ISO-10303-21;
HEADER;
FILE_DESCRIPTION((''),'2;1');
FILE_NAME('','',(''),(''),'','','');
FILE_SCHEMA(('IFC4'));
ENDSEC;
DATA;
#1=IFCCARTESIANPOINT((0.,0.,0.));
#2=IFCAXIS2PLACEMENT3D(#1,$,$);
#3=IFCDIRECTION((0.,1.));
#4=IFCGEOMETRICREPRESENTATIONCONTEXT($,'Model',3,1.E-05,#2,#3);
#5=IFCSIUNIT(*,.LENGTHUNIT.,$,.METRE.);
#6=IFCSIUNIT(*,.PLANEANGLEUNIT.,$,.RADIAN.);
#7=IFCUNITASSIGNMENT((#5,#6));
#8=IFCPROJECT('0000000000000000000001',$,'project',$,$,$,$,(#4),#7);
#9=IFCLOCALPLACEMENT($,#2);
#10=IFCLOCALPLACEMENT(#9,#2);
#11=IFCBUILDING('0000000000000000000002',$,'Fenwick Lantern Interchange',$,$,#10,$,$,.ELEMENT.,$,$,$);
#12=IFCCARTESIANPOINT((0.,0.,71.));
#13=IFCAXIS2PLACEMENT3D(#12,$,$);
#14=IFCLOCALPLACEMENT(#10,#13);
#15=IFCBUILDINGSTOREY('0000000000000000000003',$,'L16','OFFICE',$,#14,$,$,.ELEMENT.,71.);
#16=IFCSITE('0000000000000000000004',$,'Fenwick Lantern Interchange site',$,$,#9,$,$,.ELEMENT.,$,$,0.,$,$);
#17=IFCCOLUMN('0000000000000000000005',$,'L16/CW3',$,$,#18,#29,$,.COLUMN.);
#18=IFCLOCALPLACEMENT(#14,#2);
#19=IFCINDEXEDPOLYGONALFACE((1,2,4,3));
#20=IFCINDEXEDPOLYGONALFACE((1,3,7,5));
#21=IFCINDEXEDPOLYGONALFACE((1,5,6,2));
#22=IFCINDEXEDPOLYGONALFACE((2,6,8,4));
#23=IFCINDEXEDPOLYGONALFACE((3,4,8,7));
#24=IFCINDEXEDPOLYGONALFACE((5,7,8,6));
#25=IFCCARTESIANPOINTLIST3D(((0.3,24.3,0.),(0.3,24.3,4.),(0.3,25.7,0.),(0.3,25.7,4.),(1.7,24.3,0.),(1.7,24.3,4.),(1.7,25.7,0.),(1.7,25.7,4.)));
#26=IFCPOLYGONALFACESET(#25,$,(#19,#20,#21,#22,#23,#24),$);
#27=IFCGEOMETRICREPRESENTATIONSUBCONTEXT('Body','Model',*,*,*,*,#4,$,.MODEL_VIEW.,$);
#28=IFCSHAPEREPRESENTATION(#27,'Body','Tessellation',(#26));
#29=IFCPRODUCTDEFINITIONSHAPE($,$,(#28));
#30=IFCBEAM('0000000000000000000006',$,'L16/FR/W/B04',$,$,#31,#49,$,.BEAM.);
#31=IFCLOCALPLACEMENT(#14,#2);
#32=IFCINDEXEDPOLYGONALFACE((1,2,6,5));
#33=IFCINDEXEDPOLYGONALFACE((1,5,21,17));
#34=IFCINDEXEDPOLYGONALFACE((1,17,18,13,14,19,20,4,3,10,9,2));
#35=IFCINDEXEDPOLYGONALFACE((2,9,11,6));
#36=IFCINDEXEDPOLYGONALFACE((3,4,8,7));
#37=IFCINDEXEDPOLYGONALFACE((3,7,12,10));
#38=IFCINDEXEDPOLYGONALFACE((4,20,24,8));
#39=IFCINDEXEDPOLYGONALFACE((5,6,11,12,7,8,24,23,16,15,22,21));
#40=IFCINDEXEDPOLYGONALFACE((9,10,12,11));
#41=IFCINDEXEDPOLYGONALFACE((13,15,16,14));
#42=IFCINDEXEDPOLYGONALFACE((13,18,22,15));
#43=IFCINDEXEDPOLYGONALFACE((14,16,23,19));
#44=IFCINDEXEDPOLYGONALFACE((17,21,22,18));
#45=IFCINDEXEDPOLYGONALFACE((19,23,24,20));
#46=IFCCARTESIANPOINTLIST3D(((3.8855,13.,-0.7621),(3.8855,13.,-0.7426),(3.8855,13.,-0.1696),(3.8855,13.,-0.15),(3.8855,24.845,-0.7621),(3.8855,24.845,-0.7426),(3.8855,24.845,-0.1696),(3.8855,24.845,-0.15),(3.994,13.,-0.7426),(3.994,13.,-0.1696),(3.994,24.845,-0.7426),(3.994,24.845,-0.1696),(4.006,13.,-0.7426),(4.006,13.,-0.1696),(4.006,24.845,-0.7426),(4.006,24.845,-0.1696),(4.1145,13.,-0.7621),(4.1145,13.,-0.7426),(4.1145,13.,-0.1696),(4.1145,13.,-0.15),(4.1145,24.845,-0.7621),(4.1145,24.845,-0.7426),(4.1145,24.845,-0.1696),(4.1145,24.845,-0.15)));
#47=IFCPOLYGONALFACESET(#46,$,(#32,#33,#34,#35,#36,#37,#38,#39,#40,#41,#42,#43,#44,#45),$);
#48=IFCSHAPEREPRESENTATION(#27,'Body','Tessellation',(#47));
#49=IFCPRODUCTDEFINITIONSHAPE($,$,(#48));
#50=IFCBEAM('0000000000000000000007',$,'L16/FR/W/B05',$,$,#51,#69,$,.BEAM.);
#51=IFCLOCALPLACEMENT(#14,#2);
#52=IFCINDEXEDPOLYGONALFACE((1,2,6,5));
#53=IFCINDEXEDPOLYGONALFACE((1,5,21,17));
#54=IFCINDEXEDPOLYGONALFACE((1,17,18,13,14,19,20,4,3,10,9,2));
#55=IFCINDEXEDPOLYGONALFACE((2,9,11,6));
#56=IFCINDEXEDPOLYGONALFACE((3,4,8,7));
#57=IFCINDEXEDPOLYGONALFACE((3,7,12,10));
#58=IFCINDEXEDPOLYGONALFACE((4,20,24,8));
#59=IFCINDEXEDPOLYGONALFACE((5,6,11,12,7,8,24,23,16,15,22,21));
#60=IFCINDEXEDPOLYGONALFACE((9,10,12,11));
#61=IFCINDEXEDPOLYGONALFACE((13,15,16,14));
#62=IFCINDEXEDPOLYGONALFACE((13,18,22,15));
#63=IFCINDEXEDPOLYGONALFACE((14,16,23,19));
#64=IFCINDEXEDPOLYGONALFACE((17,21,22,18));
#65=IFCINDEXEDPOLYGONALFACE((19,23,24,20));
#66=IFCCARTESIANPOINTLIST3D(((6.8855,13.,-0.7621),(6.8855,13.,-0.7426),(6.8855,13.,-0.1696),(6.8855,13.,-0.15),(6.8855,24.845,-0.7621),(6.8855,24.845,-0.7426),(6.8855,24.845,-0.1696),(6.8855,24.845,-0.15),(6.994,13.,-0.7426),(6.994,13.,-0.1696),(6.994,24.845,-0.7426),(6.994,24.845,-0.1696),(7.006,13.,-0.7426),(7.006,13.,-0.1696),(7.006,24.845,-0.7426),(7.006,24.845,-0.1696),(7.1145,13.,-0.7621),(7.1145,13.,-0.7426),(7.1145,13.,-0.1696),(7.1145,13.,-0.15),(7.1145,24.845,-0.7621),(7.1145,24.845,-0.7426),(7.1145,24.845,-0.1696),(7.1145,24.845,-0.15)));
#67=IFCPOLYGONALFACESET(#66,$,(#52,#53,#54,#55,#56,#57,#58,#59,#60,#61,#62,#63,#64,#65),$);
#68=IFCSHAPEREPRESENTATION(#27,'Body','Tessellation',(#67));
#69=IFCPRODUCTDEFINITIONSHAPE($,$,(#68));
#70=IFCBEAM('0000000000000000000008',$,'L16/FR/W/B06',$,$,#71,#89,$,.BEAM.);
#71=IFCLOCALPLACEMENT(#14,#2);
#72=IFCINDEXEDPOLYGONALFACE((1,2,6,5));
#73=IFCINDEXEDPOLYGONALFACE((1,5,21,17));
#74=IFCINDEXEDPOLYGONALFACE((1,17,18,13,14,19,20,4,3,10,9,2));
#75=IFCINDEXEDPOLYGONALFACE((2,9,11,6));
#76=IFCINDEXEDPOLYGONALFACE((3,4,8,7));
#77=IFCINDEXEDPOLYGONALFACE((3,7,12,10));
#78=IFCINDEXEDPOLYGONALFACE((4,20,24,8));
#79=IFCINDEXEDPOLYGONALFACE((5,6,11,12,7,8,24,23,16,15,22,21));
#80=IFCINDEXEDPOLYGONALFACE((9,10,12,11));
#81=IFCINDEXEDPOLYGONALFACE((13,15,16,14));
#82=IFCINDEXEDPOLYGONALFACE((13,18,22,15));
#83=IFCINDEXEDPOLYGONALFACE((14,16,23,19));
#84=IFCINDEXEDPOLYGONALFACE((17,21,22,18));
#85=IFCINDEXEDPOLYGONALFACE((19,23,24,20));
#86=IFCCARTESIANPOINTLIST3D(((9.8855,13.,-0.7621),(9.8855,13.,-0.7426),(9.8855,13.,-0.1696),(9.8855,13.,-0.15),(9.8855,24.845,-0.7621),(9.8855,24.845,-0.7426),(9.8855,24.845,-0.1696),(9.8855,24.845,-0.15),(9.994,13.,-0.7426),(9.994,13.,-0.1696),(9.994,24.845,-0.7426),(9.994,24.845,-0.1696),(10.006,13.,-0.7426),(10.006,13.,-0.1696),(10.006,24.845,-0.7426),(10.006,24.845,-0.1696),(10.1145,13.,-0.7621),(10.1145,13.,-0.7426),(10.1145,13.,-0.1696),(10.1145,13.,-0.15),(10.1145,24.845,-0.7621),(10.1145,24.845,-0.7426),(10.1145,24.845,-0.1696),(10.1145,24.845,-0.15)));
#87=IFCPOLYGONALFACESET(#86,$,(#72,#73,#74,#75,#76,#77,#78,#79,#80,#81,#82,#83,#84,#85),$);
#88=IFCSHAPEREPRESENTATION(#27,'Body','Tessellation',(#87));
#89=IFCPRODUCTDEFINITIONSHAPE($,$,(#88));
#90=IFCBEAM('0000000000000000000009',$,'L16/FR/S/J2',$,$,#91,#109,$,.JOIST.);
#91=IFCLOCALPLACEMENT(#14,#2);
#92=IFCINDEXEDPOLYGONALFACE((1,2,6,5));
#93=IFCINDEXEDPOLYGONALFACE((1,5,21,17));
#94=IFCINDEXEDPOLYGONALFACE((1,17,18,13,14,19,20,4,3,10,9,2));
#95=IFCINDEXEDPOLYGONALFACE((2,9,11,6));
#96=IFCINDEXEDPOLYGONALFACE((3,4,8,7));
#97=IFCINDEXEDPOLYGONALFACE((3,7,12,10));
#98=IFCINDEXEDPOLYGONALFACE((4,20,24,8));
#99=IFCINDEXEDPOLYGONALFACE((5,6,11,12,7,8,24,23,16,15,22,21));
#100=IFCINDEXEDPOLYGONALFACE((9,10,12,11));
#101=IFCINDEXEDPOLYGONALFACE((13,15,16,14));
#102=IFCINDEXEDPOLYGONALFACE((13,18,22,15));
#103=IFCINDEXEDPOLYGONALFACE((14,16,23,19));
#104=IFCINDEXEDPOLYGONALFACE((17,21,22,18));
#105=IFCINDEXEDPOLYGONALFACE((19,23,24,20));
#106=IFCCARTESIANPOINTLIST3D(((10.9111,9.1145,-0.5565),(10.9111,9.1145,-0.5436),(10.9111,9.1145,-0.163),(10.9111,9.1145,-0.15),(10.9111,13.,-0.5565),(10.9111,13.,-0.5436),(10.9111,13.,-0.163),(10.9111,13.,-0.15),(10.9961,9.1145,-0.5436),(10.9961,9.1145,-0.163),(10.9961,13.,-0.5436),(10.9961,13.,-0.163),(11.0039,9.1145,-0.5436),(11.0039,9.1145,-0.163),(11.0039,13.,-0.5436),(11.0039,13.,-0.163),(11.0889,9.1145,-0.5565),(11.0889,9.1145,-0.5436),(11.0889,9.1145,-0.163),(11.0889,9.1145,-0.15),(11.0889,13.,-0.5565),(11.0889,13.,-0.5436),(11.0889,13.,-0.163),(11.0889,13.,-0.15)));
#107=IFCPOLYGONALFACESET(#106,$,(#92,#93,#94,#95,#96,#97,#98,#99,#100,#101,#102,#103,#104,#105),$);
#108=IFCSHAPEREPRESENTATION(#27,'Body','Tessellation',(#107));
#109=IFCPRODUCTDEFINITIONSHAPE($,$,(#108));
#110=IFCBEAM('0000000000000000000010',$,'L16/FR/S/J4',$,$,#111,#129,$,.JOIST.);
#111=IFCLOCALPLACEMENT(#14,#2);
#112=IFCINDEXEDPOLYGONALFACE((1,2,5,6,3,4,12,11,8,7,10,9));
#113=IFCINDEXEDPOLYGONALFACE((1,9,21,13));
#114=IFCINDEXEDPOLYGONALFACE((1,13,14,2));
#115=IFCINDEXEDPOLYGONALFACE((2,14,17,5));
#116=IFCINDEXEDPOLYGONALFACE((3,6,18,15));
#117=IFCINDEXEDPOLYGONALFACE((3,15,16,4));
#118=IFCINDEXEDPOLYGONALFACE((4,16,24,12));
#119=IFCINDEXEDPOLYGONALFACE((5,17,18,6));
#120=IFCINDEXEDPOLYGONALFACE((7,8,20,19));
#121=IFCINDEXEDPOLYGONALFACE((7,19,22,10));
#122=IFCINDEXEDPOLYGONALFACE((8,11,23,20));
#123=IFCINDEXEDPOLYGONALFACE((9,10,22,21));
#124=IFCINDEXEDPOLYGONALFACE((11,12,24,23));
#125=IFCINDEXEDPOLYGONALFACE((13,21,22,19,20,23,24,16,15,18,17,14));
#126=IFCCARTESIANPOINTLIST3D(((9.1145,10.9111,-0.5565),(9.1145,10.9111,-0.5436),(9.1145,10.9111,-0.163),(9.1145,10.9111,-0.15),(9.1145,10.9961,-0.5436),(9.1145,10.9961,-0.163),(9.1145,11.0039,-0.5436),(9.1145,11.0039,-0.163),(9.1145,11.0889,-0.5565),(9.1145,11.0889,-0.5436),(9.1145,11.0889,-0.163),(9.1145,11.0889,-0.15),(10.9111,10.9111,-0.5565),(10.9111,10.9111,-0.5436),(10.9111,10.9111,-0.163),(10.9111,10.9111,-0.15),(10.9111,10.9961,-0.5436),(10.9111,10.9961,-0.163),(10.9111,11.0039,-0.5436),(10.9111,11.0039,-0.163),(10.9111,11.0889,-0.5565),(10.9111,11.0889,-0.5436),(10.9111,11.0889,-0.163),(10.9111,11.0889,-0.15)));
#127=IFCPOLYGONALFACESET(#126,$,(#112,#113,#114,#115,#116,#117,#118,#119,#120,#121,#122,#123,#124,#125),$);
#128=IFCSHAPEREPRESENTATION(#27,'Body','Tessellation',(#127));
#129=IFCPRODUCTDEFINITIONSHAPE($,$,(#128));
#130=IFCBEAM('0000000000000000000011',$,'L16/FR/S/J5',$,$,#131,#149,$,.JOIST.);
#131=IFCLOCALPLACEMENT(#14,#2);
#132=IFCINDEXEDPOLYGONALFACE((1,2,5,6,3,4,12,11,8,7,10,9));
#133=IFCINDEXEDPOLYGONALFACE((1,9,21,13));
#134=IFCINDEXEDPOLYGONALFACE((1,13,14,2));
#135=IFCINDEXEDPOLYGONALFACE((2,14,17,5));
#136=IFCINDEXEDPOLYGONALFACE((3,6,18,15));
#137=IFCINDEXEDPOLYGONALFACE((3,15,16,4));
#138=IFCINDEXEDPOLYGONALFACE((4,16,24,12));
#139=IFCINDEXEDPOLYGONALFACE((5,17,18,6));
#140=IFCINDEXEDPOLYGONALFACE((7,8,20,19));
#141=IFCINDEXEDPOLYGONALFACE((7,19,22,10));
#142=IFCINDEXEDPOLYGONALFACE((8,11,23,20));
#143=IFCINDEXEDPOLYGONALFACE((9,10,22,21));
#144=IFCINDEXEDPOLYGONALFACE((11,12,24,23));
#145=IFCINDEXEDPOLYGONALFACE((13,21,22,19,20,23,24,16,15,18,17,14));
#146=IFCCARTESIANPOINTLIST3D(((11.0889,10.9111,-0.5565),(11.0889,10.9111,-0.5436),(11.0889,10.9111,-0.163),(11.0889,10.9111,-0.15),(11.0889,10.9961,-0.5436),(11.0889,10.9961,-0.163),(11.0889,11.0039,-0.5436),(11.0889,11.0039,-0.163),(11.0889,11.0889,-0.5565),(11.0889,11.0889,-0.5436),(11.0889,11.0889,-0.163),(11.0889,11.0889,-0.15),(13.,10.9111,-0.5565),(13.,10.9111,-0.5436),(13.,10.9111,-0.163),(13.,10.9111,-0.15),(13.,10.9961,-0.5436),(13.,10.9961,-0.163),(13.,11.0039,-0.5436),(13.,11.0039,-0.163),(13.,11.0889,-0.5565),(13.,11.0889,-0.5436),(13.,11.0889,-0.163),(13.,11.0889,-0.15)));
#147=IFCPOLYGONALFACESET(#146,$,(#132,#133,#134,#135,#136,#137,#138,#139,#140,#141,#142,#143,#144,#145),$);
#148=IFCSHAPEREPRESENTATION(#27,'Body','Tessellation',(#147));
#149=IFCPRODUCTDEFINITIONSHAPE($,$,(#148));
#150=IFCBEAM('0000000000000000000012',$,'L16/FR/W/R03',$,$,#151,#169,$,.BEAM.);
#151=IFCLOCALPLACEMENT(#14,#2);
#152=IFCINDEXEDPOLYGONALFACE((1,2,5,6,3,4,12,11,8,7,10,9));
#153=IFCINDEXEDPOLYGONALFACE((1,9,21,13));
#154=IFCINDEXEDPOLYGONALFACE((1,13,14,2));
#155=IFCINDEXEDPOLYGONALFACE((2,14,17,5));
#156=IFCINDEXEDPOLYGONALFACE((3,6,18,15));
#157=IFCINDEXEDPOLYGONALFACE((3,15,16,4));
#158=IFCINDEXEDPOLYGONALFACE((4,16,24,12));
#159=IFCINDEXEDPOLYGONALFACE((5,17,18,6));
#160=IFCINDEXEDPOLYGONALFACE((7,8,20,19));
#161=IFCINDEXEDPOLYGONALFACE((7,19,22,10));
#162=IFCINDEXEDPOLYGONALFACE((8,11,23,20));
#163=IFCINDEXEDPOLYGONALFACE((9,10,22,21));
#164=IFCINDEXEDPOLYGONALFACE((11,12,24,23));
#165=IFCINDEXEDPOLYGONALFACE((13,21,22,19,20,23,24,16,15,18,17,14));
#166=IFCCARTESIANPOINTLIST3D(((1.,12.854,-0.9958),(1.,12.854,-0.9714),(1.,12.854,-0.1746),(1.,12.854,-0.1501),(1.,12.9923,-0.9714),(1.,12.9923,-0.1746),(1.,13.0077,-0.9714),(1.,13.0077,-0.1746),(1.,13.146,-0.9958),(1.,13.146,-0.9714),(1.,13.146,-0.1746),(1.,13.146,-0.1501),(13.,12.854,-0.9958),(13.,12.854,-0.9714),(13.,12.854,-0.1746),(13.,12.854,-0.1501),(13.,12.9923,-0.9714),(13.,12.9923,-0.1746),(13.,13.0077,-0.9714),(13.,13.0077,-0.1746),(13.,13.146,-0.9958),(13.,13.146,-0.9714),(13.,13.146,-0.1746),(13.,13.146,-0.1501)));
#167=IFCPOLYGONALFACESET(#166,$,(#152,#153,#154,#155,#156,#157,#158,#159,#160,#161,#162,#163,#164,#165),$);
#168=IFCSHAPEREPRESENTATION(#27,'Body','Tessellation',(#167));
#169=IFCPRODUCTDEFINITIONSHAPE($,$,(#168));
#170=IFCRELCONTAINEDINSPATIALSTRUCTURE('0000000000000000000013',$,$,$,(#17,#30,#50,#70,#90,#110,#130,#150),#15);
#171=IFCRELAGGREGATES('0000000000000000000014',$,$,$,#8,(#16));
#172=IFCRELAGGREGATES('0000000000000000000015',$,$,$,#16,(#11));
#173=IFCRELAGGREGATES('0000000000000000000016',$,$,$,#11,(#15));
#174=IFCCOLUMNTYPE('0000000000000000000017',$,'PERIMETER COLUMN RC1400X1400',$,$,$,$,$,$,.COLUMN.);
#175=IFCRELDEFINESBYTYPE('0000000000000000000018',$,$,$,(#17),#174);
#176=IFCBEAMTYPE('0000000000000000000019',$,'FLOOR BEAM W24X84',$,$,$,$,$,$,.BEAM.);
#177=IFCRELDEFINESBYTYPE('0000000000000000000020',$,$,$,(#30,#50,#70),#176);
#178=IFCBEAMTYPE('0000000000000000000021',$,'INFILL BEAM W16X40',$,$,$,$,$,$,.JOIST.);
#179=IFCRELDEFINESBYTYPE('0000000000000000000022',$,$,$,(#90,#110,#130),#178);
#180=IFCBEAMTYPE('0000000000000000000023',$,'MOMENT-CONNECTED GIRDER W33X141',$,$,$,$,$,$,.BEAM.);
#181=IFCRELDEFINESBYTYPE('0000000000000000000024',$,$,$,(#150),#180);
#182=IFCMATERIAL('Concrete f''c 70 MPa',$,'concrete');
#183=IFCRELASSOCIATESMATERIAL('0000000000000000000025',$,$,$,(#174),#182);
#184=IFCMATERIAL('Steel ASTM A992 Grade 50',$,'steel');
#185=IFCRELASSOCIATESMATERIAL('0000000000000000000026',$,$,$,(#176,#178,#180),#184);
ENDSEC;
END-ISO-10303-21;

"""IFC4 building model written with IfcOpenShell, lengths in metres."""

from ifc_helpers import new_model, si_unit, direction, frame, origin, origin_2d, place, context, subcontext, project, spatial, rectangle, i_section, extrude, material, material_profile, profile_set, type_object, element, save


model = new_model("IFC4")

# Units and contexts
model_context = context("Model", 3, precision=1e-05, world=origin(), true_north=direction((0.0, 1.0)))
body_context = subcontext(model_context, "Body", "Model", "MODEL_VIEW")
ifc_project = project(units=[si_unit("LENGTHUNIT", "METRE"), si_unit("PLANEANGLEUNIT", "RADIAN")], contexts=[model_context])

# Site, building, storey
site_placement = place(None, origin())
site = spatial("IfcSite", under=ifc_project, at=site_placement, Name="Fenwick Lantern Interchange site", CompositionType="ELEMENT", RefElevation=0.0)
building_placement = place(site_placement, origin())
building = spatial("IfcBuilding", under=site, at=building_placement, Name="Fenwick Lantern Interchange", CompositionType="ELEMENT")
storey_placement = place(building_placement, frame((0.0, 0.0, 71.0)))
storey = spatial("IfcBuildingStorey", under=building, at=storey_placement, Name="L16", Description="OFFICE", CompositionType="ELEMENT", Elevation=71.0)

# Column
ifc_material_1 = material(Name="Concrete f'c 70 MPa", Category="concrete")
ifc_material_profile_1 = material_profile(ifc_material_1, rectangle(XDim=1.3999, YDim=1.3999, at=origin_2d()), Name="RC1400X1400")
ifc_profile_set_1 = profile_set([ifc_material_profile_1], Name="Concrete f'c 70 MPa")
column_type = type_object("IfcColumnType", Name="PERIMETER COLUMN RC1400X1400", PredefinedType="COLUMN", material=ifc_profile_set_1)
column_placement = place(storey_placement, frame((1.0, 25.0, 0.0), z_axis=(0.0, 0.0, 1.0), x_axis=(1.0, 0.0, 0.0)))
element("IfcColumn", 1, at=column_placement, inside=storey, type_object=column_type, Name="L16/CW3", PredefinedType="COLUMN", context=body_context, shape_type="SweptSolid", body=[
    extrude(rectangle(XDim=1.3999, YDim=1.3999, at=origin_2d()), origin(), (0.0, 0.0, 1.0), 4.0),
])

# Beams
ifc_material_2 = material(Name="Steel ASTM A992 Grade 50", Category="steel")
ifc_material_profile_2 = material_profile(ifc_material_2, i_section(OverallWidth=0.229, OverallDepth=0.6121, WebThickness=0.012, FlangeThickness=0.0195, at=origin_2d()), Name="W24X84")
ifc_profile_set_2 = profile_set([ifc_material_profile_2], Name="Steel ASTM A992 Grade 50")
beam_type_1 = type_object("IfcBeamType", Name="FLOOR BEAM W24X84", PredefinedType="BEAM", material=ifc_profile_set_2)
for number, where, z_axis, x_axis, name in (
    (2, (4.0, 24.845, -0.4561), (0.0, -1.0, 0.0), (1.0, 0.0, 0.0), "L16/FR/W/B04"),
    (3, (7.0, 24.845, -0.4561), (0.0, -1.0, 0.0), (1.0, 0.0, 0.0), "L16/FR/W/B05"),
    (4, (10.0, 24.845, -0.4561), (0.0, -1.0, 0.0), (1.0, 0.0, 0.0), "L16/FR/W/B06"),
):
    element("IfcBeam", number, at=place(storey_placement, frame(where, z_axis=z_axis, x_axis=x_axis)), inside=storey, type_object=beam_type_1, Name=name, PredefinedType="BEAM", context=body_context, shape_type="SweptSolid", body=[
        extrude(i_section(OverallWidth=0.229, OverallDepth=0.6121, WebThickness=0.012, FlangeThickness=0.0195, at=origin_2d()), origin(), (0.0, 0.0, 1.0), 11.845),
    ])
ifc_material_profile_3 = material_profile(ifc_material_2, i_section(OverallWidth=0.1777, OverallDepth=0.4065, WebThickness=0.0078, FlangeThickness=0.0129, at=origin_2d()), Name="W16X40")
ifc_profile_set_3 = profile_set([ifc_material_profile_3], Name="Steel ASTM A992 Grade 50")
beam_type_2 = type_object("IfcBeamType", Name="INFILL BEAM W16X40", PredefinedType="JOIST", material=ifc_profile_set_3)
beam_1_placement = place(storey_placement, frame((11.0, 9.1145, -0.3533), z_axis=(0.0, 1.0, 0.0), x_axis=(-1.0, 0.0, 0.0)))
element("IfcBeam", 5, at=beam_1_placement, inside=storey, type_object=beam_type_2, Name="L16/FR/S/J2", PredefinedType="JOIST", context=body_context, shape_type="SweptSolid", body=[
    extrude(i_section(OverallWidth=0.1777, OverallDepth=0.4065, WebThickness=0.0078, FlangeThickness=0.0129, at=origin_2d()), origin(), (0.0, 0.0, 1.0), 3.8855),
])
beam_2_placement = place(storey_placement, frame((9.1145, 11.0, -0.3533), z_axis=(1.0, 0.0, 0.0), x_axis=(0.0, 1.0, 0.0)))
element("IfcBeam", 6, at=beam_2_placement, inside=storey, type_object=beam_type_2, Name="L16/FR/S/J4", PredefinedType="JOIST", context=body_context, shape_type="SweptSolid", body=[
    extrude(i_section(OverallWidth=0.1777, OverallDepth=0.4065, WebThickness=0.0078, FlangeThickness=0.0129, at=origin_2d()), origin(), (0.0, 0.0, 1.0), 1.7966),
])
beam_3_placement = place(storey_placement, frame((11.0889, 11.0, -0.3533), z_axis=(1.0, 0.0, 0.0), x_axis=(0.0, 1.0, 0.0)))
element("IfcBeam", 7, at=beam_3_placement, inside=storey, type_object=beam_type_2, Name="L16/FR/S/J5", PredefinedType="JOIST", context=body_context, shape_type="SweptSolid", body=[
    extrude(i_section(OverallWidth=0.1777, OverallDepth=0.4065, WebThickness=0.0078, FlangeThickness=0.0129, at=origin_2d()), origin(), (0.0, 0.0, 1.0), 1.9111),
])
ifc_material_profile_4 = material_profile(ifc_material_2, i_section(OverallWidth=0.292, OverallDepth=0.8457, WebThickness=0.0154, FlangeThickness=0.0244, at=origin_2d()), Name="W33X141")
ifc_profile_set_4 = profile_set([ifc_material_profile_4], Name="Steel ASTM A992 Grade 50")
beam_type_3 = type_object("IfcBeamType", Name="MOMENT-CONNECTED GIRDER W33X141", PredefinedType="BEAM", material=ifc_profile_set_4)
beam_4_placement = place(storey_placement, frame((1.0, 13.0, -0.573), z_axis=(1.0, 0.0, 0.0), x_axis=(0.0, 1.0, 0.0)))
element("IfcBeam", 8, at=beam_4_placement, inside=storey, type_object=beam_type_3, Name="L16/FR/W/R03", PredefinedType="BEAM", context=body_context, shape_type="SweptSolid", body=[
    extrude(i_section(OverallWidth=0.292, OverallDepth=0.8457, WebThickness=0.0154, FlangeThickness=0.0244, at=origin_2d()), origin(), (0.0, 0.0, 1.0), 12.0),
])

save(model, "model.ifc")
